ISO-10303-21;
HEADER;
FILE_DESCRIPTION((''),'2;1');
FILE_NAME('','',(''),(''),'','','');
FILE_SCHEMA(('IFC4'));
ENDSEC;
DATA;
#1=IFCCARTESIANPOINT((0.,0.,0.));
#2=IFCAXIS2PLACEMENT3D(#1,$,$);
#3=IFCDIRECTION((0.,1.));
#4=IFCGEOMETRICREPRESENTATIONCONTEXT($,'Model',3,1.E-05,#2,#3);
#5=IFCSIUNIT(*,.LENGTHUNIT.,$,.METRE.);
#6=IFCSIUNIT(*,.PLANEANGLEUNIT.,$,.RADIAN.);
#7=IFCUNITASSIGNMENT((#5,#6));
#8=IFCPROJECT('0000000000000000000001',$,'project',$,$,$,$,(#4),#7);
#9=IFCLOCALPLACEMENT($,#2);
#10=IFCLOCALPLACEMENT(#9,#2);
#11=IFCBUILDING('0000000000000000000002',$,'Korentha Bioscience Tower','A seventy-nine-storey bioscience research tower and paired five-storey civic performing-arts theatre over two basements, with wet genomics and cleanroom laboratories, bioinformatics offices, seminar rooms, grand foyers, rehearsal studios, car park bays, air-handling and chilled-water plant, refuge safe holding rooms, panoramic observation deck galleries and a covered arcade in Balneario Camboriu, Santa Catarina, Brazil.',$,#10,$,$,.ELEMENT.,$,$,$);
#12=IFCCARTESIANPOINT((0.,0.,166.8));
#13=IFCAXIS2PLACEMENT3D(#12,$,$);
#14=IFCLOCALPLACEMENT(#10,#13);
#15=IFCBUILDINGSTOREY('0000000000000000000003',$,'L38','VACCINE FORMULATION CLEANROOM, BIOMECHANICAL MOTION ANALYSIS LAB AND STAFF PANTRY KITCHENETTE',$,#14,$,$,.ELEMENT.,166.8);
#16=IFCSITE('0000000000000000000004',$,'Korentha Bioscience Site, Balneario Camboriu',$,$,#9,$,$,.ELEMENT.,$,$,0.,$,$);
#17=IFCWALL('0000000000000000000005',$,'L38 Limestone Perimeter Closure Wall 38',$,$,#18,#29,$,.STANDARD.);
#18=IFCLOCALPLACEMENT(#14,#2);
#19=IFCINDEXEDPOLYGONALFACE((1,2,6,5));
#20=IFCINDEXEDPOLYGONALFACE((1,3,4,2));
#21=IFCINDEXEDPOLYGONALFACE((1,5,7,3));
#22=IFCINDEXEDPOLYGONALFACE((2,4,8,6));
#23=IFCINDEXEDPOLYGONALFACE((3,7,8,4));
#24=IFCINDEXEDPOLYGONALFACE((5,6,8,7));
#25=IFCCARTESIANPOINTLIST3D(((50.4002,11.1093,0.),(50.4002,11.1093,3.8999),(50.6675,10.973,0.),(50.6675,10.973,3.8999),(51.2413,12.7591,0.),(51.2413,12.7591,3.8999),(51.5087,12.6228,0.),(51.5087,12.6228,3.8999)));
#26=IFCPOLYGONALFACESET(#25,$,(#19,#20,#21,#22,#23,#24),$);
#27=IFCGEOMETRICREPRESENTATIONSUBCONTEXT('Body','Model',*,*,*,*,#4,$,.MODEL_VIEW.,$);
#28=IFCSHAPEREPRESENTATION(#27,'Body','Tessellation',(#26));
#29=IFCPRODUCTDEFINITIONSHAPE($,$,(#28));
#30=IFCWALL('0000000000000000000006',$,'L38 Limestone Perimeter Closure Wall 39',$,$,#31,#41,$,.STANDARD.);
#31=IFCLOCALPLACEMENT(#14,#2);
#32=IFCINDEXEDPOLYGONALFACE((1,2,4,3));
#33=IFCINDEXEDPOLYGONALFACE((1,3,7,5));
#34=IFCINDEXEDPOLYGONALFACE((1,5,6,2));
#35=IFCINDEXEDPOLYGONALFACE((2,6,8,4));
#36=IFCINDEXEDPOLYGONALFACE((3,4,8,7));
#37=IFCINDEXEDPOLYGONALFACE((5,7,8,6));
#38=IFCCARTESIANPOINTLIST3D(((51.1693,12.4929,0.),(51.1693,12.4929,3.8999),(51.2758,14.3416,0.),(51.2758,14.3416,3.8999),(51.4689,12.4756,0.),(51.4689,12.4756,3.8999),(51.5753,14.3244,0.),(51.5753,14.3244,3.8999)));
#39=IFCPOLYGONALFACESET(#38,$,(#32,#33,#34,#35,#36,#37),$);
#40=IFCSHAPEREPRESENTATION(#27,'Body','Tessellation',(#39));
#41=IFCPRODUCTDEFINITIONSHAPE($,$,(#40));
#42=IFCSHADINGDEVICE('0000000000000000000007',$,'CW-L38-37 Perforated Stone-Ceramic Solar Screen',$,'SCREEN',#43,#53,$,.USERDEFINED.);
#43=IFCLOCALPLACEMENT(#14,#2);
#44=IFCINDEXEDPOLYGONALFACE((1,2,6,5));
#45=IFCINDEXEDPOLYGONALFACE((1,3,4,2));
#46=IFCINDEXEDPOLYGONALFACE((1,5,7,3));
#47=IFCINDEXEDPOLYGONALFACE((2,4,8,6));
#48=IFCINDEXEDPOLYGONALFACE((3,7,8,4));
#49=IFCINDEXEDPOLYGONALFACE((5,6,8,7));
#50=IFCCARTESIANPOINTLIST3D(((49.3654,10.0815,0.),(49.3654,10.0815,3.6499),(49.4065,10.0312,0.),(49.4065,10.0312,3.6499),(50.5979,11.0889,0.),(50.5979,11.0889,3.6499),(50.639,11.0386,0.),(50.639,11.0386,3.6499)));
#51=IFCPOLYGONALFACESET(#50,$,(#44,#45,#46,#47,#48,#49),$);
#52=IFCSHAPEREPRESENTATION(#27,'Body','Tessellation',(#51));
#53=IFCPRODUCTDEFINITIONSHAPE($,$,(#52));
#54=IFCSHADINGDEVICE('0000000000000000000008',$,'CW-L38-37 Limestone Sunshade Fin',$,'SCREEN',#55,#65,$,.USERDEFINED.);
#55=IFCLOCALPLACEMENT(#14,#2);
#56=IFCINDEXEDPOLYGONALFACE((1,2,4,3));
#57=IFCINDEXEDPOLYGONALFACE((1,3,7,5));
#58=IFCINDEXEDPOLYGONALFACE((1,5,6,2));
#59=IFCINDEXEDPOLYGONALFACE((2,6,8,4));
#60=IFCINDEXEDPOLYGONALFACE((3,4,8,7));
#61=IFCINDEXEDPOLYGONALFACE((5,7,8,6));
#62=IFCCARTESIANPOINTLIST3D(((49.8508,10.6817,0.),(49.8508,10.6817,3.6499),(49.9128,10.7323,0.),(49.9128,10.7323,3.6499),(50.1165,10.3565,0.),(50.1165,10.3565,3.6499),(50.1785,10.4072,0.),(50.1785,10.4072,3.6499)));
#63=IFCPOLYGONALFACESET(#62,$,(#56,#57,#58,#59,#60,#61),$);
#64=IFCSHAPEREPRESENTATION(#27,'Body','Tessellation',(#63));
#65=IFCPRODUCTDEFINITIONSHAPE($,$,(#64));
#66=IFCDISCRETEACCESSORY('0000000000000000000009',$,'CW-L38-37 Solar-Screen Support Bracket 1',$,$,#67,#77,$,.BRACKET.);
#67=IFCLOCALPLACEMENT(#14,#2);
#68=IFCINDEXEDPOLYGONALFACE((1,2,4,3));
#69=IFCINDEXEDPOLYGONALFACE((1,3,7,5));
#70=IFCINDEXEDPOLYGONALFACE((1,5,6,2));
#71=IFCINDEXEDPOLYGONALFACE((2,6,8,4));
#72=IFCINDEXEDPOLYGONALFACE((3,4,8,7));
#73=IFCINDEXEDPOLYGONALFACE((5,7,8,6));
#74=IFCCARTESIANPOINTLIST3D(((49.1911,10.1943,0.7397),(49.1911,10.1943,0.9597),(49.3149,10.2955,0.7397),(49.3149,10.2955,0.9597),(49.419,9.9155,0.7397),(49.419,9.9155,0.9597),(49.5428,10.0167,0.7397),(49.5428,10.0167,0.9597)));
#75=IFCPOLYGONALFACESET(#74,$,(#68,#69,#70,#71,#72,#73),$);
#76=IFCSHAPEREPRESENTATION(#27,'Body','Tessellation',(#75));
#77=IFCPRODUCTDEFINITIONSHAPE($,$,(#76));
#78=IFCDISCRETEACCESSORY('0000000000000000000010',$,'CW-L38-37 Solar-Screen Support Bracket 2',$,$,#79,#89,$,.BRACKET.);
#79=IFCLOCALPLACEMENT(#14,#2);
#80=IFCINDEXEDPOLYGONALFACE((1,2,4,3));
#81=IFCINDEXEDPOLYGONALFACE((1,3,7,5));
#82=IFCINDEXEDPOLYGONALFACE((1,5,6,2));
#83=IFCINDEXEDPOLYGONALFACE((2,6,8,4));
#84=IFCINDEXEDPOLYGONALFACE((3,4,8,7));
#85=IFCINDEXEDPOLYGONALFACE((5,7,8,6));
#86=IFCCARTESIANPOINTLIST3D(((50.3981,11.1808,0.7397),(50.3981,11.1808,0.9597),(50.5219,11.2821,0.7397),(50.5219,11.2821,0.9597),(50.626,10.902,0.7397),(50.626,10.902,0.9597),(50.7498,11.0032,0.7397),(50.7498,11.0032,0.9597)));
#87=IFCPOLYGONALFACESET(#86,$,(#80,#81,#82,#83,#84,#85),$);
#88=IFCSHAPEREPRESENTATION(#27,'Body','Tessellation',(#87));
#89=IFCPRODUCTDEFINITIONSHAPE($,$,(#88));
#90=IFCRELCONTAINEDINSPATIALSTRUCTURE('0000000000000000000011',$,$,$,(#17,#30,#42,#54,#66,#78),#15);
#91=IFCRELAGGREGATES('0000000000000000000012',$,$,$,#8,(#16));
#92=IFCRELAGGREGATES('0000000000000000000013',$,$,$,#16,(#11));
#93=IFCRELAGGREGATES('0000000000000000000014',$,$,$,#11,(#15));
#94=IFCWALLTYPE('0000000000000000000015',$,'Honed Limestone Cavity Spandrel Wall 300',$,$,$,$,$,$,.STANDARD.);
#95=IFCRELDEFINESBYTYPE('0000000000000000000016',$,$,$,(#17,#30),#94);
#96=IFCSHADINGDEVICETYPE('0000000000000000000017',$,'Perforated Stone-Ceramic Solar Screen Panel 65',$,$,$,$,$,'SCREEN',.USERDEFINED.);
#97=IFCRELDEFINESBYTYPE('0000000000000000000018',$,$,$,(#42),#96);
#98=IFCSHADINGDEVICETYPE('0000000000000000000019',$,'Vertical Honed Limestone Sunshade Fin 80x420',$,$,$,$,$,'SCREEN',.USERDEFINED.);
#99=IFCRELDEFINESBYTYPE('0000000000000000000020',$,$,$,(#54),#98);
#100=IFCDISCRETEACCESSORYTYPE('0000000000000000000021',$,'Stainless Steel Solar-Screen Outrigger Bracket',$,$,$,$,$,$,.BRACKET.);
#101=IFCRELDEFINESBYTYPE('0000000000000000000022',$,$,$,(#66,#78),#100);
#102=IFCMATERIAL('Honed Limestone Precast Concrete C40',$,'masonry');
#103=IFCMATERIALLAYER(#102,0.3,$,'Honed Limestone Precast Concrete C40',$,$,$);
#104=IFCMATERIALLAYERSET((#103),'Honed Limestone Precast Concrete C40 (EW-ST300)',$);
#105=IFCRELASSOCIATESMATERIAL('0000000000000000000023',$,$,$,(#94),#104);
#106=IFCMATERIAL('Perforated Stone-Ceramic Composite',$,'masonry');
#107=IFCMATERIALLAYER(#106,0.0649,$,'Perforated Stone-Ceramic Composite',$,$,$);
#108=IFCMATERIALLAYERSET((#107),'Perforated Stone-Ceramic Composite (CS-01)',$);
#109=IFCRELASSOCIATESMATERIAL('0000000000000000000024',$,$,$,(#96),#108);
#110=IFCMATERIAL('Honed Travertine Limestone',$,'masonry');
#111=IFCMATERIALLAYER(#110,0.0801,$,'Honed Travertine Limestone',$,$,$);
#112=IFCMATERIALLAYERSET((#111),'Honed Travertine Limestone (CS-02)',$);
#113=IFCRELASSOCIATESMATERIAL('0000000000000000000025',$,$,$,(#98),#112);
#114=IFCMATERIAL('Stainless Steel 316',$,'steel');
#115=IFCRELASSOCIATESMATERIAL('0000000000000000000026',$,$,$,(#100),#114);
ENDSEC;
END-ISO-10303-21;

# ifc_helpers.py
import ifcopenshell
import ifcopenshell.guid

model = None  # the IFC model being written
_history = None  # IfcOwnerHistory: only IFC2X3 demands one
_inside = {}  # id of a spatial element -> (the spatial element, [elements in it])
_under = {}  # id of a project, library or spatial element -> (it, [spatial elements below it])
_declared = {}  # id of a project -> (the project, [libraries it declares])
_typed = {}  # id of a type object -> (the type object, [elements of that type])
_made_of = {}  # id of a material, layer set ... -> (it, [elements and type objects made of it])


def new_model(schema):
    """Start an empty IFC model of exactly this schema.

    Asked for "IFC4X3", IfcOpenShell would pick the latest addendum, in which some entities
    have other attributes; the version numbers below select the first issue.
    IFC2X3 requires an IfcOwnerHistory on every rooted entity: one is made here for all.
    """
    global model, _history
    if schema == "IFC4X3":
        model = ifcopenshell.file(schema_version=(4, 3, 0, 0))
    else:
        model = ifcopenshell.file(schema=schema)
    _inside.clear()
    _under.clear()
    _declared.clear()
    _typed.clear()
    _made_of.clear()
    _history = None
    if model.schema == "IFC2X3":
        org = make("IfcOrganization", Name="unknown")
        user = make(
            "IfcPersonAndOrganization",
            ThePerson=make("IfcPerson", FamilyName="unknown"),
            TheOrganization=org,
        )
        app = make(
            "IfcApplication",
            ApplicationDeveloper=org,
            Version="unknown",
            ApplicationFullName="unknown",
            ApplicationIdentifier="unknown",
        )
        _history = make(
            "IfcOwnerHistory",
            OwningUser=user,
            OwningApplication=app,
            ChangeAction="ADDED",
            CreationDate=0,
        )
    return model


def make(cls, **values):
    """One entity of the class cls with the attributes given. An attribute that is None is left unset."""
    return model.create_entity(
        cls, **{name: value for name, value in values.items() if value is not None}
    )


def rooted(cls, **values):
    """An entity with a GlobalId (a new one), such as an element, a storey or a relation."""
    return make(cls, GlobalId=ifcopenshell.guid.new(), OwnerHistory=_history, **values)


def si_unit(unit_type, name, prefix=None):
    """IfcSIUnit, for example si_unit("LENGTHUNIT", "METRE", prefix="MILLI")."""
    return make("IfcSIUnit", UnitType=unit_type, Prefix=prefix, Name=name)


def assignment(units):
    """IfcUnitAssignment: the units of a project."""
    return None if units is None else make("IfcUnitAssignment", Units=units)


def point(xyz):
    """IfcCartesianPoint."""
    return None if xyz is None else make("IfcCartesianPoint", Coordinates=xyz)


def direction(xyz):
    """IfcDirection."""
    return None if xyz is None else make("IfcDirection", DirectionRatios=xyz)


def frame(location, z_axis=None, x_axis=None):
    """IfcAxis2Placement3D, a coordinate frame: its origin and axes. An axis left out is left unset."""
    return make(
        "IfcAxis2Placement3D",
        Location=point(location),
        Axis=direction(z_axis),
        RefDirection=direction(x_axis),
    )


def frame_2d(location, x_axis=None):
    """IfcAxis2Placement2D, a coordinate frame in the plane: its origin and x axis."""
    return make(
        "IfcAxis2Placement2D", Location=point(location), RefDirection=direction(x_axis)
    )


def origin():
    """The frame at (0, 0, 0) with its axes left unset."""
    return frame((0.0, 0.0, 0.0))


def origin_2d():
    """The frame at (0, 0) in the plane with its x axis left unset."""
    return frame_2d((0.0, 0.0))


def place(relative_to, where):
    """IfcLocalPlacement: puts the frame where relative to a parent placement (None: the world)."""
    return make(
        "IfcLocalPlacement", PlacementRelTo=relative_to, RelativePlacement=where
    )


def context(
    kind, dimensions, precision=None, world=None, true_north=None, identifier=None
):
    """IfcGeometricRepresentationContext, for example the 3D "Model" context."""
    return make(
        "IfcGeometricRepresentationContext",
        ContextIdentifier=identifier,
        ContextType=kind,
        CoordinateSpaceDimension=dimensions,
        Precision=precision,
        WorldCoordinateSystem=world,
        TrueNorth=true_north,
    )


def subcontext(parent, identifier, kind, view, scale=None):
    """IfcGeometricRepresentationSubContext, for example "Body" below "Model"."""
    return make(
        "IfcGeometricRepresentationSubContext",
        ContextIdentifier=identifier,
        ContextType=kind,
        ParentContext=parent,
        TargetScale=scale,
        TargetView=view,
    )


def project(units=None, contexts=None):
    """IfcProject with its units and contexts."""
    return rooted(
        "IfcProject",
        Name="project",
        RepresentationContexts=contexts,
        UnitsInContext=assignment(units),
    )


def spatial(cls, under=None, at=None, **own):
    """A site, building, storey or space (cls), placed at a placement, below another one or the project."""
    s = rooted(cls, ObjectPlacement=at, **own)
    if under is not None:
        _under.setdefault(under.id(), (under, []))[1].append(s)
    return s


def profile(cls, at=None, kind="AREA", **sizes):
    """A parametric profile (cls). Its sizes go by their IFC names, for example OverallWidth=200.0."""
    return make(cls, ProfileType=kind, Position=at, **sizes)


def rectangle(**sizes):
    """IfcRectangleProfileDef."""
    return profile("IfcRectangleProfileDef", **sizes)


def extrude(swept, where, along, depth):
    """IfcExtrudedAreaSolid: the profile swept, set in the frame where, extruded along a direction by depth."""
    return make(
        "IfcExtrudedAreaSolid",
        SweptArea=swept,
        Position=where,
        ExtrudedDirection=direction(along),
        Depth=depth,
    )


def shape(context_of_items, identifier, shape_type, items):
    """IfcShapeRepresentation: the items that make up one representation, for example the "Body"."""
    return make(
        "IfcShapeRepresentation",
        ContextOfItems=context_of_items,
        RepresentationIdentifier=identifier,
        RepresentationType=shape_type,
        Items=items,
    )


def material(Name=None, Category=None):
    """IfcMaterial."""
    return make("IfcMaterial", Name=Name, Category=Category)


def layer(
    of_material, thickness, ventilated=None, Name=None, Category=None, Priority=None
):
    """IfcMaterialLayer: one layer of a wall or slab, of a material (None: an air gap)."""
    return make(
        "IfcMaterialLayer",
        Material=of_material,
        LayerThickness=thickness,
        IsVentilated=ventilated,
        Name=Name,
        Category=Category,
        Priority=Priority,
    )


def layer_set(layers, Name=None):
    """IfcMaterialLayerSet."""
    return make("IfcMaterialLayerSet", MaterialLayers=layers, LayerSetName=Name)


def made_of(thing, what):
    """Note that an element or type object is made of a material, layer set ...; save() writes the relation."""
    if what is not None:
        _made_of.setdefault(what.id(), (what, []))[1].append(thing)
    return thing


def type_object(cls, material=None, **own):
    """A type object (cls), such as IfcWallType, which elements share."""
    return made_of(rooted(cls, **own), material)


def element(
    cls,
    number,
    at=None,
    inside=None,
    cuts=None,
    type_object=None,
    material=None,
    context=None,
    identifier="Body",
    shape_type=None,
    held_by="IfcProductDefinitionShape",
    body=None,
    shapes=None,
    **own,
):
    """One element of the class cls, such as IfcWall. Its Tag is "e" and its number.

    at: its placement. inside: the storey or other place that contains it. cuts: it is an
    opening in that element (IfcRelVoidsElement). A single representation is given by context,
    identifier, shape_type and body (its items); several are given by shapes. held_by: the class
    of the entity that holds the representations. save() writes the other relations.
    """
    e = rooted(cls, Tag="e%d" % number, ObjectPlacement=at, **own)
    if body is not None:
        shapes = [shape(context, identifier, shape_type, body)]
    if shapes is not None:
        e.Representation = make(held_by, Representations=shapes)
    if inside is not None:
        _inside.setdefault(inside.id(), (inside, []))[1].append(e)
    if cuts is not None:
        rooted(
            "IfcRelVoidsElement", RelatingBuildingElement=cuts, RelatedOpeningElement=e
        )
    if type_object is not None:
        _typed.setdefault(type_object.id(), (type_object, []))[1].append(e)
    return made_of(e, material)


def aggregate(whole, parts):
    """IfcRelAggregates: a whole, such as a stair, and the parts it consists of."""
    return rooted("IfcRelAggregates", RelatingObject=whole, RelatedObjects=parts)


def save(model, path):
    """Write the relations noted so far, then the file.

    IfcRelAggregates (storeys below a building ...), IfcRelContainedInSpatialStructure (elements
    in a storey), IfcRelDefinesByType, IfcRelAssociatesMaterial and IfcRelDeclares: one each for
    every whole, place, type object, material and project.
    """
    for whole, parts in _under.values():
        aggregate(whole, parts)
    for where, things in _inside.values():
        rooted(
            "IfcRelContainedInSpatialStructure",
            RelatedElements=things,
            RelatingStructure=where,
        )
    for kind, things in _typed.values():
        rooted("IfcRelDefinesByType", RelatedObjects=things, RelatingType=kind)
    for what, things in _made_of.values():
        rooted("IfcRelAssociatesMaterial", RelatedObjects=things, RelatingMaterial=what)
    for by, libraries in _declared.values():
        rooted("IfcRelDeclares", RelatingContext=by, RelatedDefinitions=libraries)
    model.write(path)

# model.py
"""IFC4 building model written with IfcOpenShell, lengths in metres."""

from ifc_helpers import new_model, si_unit, direction, frame, frame_2d, origin, origin_2d, place, context, subcontext, project, spatial, rectangle, extrude, material, layer, layer_set, type_object, element, save


model = new_model("IFC4")

# Units and contexts
model_context = context("Model", 3, precision=1e-05, world=origin(), true_north=direction((0.0, 1.0)))
body_context = subcontext(model_context, "Body", "Model", "MODEL_VIEW")
ifc_project = project(units=[si_unit("LENGTHUNIT", "METRE"), si_unit("PLANEANGLEUNIT", "RADIAN")], contexts=[model_context])

# Site, building, storey
site_placement = place(None, origin())
site = spatial("IfcSite", under=ifc_project, at=site_placement, Name="Korentha Bioscience Site, Balneario Camboriu", CompositionType="ELEMENT", RefElevation=0.0)
building_placement = place(site_placement, origin())
building = spatial("IfcBuilding", under=site, at=building_placement, Name="Korentha Bioscience Tower", Description="A seventy-nine-storey bioscience research tower and paired five-storey civic performing-arts theatre over two basements, with wet genomics and cleanroom laboratories, bioinformatics offices, seminar rooms, grand foyers, rehearsal studios, car park bays, air-handling and chilled-water plant, refuge safe holding rooms, panoramic observation deck galleries and a covered arcade in Balneario Camboriu, Santa Catarina, Brazil.", CompositionType="ELEMENT")
storey_placement = place(building_placement, frame((0.0, 0.0, 166.8)))
storey = spatial("IfcBuildingStorey", under=building, at=storey_placement, Name="L38", Description="VACCINE FORMULATION CLEANROOM, BIOMECHANICAL MOTION ANALYSIS LAB AND STAFF PANTRY KITCHENETTE", CompositionType="ELEMENT", Elevation=166.8)

# Shared definitions
ifc_material_1 = material(Name="Honed Limestone Precast Concrete C40", Category="masonry")
ifc_layer_1 = layer(ifc_material_1, 0.3, Name="Honed Limestone Precast Concrete C40")
ifc_layer_set_1 = layer_set([ifc_layer_1], Name="Honed Limestone Precast Concrete C40 (EW-ST300)")
wall_type_1 = type_object("IfcWallType", Name="Honed Limestone Cavity Spandrel Wall 300", PredefinedType="STANDARD", material=ifc_layer_set_1)

# Walls
for number, where, z_axis, x_axis, name in (
    (1, (50.5339, 11.0413, 0.0), (0.0, 0.0, 1.0), (0.454214, 0.890893, 0.0), "L38 Limestone Perimeter Closure Wall 38"),
    (2, (51.3191, 12.4844, 0.0), (0.0, 0.0, 1.0), (0.057485, 0.998346, 0.0), "L38 Limestone Perimeter Closure Wall 39"),
):
    element("IfcWall", number, at=place(storey_placement, frame(where, z_axis=z_axis, x_axis=x_axis)), inside=storey, type_object=wall_type_1, Name=name, PredefinedType="STANDARD", context=body_context, shape_type="SweptSolid", body=[
        extrude(rectangle(XDim=1.8518, YDim=0.3, at=frame_2d((0.9258, 0.0))), origin(), (0.0, 0.0, 1.0), 3.8999),
    ])

# Shading devices
ifc_material_2 = material(Name="Perforated Stone-Ceramic Composite", Category="masonry")
ifc_layer_2 = layer(ifc_material_2, 0.0649, Name="Perforated Stone-Ceramic Composite")
ifc_layer_set_2 = layer_set([ifc_layer_2], Name="Perforated Stone-Ceramic Composite (CS-01)")
shading_device_type_1 = type_object("IfcShadingDeviceType", Name="Perforated Stone-Ceramic Solar Screen Panel 65", ElementType="SCREEN", PredefinedType="USERDEFINED", material=ifc_layer_set_2)
shading_device_1_placement = place(storey_placement, frame((50.0022, 10.5601, 0.0), z_axis=(0.0, 0.0, 1.0), x_axis=(0.774256, 0.632872, 0.0)))
element("IfcShadingDevice", 3, at=shading_device_1_placement, inside=storey, type_object=shading_device_type_1, Name="CW-L38-37 Perforated Stone-Ceramic Solar Screen", ObjectType="SCREEN", PredefinedType="USERDEFINED", context=body_context, shape_type="SweptSolid", body=[
    extrude(rectangle(XDim=1.5918, YDim=0.0649, at=origin_2d()), origin(), (0.0, 0.0, 1.0), 3.6499),
])
ifc_material_3 = material(Name="Honed Travertine Limestone", Category="masonry")
ifc_layer_3 = layer(ifc_material_3, 0.0801, Name="Honed Travertine Limestone")
ifc_layer_set_3 = layer_set([ifc_layer_3], Name="Honed Travertine Limestone (CS-02)")
shading_device_type_2 = type_object("IfcShadingDeviceType", Name="Vertical Honed Limestone Sunshade Fin 80x420", ElementType="SCREEN", PredefinedType="USERDEFINED", material=ifc_layer_set_3)
shading_device_2_placement = place(storey_placement, frame((50.0146, 10.5444, 0.0), z_axis=(0.0, 0.0, 1.0), x_axis=(0.774256, 0.632872, 0.0)))
element("IfcShadingDevice", 4, at=shading_device_2_placement, inside=storey, type_object=shading_device_type_2, Name="CW-L38-37 Limestone Sunshade Fin", ObjectType="SCREEN", PredefinedType="USERDEFINED", context=body_context, shape_type="SweptSolid", body=[
    extrude(rectangle(XDim=0.0801, YDim=0.4199, at=origin_2d()), origin(), (0.0, 0.0, 1.0), 3.6499),
])

# Discrete accessories
ifc_material_4 = material(Name="Stainless Steel 316", Category="steel")
discrete_accessory_type = type_object("IfcDiscreteAccessoryType", Name="Stainless Steel Solar-Screen Outrigger Bracket", PredefinedType="BRACKET", material=ifc_material_4)
for number, where, z_axis, x_axis, name in (
    (5, (49.3669, 10.1055, 0.7397), (0.0, 0.0, 1.0), (0.774256, 0.632872, 0.0), "CW-L38-37 Solar-Screen Support Bracket 1"),
    (6, (50.574, 11.092, 0.7397), (0.0, 0.0, 1.0), (0.774256, 0.632872, 0.0), "CW-L38-37 Solar-Screen Support Bracket 2"),
):
    element("IfcDiscreteAccessory", number, at=place(storey_placement, frame(where, z_axis=z_axis, x_axis=x_axis)), inside=storey, type_object=discrete_accessory_type, Name=name, PredefinedType="BRACKET", context=body_context, shape_type="SweptSolid", body=[
        extrude(rectangle(XDim=0.1599, YDim=0.3601, at=origin_2d()), origin(), (0.0, 0.0, 1.0), 0.22),
    ])

save(model, "model.ifc")
